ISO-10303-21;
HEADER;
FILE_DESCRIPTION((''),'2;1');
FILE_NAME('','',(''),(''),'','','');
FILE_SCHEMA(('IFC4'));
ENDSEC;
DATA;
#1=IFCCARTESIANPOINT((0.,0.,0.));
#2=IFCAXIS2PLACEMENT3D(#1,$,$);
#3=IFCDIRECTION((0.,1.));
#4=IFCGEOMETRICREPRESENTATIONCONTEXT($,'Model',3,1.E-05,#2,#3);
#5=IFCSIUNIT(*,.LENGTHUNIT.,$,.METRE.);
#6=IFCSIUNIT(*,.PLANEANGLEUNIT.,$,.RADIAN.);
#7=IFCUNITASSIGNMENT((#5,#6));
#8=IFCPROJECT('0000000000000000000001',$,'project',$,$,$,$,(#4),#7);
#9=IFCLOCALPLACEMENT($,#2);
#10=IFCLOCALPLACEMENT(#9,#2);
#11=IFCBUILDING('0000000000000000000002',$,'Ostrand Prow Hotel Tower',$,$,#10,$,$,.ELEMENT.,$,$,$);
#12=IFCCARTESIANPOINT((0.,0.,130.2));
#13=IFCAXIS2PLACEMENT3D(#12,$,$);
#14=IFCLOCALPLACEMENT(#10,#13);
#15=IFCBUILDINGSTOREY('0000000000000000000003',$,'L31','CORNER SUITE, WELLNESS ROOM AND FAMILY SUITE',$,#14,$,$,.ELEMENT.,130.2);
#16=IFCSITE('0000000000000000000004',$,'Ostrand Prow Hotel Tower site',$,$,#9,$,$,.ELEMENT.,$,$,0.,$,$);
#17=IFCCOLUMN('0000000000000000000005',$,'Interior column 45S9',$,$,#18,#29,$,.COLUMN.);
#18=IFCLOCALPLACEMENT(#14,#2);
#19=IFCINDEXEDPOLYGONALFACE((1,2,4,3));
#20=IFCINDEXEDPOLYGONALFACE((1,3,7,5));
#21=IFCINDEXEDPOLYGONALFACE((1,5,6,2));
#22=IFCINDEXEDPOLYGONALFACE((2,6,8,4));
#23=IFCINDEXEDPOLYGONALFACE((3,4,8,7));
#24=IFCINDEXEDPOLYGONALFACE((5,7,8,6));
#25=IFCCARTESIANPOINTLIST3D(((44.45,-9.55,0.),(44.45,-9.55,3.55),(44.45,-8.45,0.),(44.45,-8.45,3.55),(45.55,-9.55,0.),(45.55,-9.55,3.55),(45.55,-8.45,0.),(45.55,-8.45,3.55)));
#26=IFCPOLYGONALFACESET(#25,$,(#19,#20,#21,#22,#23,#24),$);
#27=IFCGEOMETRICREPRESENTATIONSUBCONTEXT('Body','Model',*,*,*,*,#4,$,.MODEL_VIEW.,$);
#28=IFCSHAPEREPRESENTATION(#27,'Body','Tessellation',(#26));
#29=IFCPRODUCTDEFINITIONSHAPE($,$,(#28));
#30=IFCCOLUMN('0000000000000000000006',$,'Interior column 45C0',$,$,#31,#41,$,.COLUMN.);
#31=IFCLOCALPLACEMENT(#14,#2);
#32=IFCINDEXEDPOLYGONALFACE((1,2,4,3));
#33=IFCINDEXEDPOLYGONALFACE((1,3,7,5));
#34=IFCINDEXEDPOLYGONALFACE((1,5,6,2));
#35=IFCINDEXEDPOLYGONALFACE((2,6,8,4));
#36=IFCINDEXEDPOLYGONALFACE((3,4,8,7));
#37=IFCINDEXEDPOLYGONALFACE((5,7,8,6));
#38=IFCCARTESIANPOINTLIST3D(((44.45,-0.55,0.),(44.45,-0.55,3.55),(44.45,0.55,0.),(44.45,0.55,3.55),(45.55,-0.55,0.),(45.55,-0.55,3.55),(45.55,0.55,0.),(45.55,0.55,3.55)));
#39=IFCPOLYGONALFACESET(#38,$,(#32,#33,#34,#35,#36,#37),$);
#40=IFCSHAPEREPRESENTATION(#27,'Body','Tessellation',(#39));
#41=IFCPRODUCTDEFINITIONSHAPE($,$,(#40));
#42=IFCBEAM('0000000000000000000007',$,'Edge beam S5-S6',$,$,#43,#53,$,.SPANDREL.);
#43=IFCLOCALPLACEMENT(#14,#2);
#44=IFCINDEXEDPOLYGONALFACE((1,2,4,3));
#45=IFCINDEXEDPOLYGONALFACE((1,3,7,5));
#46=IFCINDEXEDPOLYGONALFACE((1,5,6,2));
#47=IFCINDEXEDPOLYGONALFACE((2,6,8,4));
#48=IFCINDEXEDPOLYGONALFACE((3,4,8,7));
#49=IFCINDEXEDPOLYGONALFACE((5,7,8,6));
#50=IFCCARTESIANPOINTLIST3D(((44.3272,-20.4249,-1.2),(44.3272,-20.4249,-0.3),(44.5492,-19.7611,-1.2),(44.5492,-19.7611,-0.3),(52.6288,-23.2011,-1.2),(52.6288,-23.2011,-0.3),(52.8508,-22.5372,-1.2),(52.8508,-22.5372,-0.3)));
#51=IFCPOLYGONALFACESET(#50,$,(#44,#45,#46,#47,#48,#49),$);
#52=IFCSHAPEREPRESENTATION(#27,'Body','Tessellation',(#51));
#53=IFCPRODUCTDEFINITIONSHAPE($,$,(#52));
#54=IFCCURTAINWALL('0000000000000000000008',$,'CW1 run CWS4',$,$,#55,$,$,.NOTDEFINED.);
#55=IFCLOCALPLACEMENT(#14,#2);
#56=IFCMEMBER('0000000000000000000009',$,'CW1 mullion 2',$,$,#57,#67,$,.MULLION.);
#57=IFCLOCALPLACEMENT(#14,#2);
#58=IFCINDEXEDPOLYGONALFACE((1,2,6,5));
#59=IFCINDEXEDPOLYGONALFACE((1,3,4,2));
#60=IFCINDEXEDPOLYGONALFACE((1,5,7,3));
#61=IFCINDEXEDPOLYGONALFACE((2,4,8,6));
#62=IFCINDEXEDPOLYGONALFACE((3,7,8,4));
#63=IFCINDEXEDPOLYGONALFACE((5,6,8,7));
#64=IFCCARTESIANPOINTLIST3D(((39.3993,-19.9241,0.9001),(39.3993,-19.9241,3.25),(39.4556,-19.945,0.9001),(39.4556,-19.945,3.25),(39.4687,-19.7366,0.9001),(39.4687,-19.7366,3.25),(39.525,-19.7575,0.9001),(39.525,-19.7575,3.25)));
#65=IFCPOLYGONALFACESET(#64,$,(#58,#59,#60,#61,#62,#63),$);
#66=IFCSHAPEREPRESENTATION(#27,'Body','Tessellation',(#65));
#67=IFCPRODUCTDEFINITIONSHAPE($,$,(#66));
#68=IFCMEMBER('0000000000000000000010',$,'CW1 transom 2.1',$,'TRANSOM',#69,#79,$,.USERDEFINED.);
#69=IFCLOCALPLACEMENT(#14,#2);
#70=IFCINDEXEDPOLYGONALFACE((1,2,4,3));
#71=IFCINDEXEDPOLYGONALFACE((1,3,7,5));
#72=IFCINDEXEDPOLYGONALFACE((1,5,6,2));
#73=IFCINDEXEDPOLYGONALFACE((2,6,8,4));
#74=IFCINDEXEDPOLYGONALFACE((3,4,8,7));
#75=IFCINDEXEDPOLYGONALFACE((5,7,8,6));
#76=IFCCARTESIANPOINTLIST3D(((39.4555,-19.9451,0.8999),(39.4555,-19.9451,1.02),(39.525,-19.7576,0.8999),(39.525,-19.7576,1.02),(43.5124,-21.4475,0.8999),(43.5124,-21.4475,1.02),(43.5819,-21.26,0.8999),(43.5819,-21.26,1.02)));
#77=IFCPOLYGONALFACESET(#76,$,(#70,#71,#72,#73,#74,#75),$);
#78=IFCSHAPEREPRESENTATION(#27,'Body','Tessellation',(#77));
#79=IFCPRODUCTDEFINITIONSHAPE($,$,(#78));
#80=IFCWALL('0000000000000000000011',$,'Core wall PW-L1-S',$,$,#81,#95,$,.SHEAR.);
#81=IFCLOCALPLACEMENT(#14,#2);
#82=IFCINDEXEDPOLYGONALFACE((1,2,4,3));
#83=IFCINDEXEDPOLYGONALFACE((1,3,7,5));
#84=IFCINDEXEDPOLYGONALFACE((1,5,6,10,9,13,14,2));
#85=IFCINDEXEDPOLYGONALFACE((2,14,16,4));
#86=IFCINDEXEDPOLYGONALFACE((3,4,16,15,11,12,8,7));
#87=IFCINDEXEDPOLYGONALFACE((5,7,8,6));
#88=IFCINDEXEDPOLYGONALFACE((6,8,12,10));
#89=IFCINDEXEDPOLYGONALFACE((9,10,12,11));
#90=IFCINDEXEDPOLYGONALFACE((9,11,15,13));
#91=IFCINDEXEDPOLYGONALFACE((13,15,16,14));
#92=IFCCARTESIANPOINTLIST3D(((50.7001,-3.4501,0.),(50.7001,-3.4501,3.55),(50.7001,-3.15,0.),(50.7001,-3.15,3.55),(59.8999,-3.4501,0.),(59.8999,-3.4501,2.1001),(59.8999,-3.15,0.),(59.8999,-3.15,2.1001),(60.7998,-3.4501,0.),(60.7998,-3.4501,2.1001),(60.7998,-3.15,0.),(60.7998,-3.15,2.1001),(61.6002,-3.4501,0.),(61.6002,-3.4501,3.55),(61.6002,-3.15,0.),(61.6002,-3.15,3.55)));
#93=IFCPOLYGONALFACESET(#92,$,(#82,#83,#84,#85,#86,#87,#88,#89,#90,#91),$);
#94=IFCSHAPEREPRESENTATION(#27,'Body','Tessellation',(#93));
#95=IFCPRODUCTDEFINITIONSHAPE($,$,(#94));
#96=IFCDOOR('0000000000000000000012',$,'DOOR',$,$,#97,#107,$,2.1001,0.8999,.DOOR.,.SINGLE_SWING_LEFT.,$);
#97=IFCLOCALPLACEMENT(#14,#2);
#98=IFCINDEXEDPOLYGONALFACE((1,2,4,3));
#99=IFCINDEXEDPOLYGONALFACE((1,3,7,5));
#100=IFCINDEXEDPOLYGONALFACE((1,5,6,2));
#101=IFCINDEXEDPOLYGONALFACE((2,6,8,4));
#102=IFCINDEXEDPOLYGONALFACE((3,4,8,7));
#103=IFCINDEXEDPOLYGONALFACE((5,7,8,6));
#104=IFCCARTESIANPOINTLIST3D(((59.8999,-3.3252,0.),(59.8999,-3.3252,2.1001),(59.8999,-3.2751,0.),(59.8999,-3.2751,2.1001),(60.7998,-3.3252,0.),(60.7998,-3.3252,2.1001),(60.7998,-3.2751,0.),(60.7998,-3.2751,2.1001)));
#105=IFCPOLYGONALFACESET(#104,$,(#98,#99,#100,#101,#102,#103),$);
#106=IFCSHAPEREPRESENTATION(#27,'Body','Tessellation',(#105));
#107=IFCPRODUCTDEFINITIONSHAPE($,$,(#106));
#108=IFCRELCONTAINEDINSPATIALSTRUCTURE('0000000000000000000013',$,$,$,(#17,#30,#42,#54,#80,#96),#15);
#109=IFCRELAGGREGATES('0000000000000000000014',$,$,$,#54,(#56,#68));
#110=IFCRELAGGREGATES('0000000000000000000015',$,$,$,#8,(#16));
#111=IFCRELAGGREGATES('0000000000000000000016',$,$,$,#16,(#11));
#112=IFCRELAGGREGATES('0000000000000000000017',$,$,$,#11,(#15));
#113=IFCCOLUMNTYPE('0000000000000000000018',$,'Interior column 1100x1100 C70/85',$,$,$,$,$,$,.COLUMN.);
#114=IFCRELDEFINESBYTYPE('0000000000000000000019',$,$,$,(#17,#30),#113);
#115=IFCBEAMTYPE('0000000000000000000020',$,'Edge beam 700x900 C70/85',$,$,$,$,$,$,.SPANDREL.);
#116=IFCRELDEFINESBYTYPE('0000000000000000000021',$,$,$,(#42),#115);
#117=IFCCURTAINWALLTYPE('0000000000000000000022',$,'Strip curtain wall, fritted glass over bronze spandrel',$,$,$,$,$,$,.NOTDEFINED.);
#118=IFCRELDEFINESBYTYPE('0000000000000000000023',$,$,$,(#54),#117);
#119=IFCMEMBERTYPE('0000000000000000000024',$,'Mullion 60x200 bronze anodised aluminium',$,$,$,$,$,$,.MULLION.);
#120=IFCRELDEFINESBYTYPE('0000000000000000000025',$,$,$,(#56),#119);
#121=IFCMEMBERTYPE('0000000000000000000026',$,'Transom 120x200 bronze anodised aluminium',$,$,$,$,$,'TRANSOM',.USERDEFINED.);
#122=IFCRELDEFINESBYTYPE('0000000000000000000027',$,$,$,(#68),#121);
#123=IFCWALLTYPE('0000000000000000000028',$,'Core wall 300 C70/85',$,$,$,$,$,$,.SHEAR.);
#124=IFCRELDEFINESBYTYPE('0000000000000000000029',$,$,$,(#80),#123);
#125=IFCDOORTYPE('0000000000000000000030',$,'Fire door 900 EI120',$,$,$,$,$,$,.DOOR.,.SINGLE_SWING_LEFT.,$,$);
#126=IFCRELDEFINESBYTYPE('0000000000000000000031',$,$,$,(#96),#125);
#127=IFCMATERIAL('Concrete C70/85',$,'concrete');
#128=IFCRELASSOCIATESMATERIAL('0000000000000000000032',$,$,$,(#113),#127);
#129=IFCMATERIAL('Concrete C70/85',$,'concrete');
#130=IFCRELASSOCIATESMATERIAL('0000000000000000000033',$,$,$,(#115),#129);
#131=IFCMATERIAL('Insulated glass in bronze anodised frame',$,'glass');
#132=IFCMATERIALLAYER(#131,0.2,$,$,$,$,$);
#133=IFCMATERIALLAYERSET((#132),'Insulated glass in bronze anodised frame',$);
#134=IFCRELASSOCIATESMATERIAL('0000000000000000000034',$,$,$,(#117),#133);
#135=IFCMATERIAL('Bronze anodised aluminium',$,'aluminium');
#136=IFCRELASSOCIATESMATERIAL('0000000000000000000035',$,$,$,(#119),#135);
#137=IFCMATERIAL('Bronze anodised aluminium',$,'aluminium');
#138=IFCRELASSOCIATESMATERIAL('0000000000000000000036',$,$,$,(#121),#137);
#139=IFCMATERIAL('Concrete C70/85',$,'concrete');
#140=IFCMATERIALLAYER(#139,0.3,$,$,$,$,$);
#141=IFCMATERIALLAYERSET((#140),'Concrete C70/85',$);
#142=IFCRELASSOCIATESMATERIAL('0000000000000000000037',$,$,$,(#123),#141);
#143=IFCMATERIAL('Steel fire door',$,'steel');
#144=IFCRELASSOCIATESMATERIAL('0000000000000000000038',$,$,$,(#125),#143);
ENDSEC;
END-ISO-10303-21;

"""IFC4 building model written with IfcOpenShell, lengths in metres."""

from ifc_helpers import new_model, si_unit, direction, frame, frame_2d, origin, origin_2d, place, context, subcontext, project, spatial, rectangle, extrude, material, layer, layer_set, material_profile, profile_set, type_object, element, fill, aggregate, save


model = new_model("IFC4")

# Units and contexts
model_context = context("Model", 3, precision=1e-05, world=origin(), true_north=direction((0.0, 1.0)))
body_context = subcontext(model_context, "Body", "Model", "MODEL_VIEW")
ifc_project = project(units=[si_unit("LENGTHUNIT", "METRE"), si_unit("PLANEANGLEUNIT", "RADIAN")], contexts=[model_context])

# Site, building, storey
site_placement = place(None, origin())
site = spatial("IfcSite", under=ifc_project, at=site_placement, Name="Ostrand Prow Hotel Tower site", CompositionType="ELEMENT", RefElevation=0.0)
building_placement = place(site_placement, origin())
building = spatial("IfcBuilding", under=site, at=building_placement, Name="Ostrand Prow Hotel Tower", CompositionType="ELEMENT")
storey_placement = place(building_placement, frame((0.0, 0.0, 130.2)))
storey = spatial("IfcBuildingStorey", under=building, at=storey_placement, Name="L31", Description="CORNER SUITE, WELLNESS ROOM AND FAMILY SUITE", CompositionType="ELEMENT", Elevation=130.2)

# Columns
ifc_material_1 = material(Name="Concrete C70/85", Category="concrete")
ifc_material_profile_1 = material_profile(ifc_material_1, rectangle(XDim=1.1001, YDim=1.1001, at=origin_2d()), Name="RC 1100x1100")
ifc_profile_set_1 = profile_set([ifc_material_profile_1], Name="Concrete C70/85")
column_type = type_object("IfcColumnType", Name="Interior column 1100x1100 C70/85", PredefinedType="COLUMN", material=ifc_profile_set_1)
for number, where, z_axis, x_axis, name in (
    (1, (45.0, -9.0, 0.0), (0.0, 0.0, 1.0), (1.0, 0.0, 0.0), "Interior column 45S9"),
    (2, (45.0, 0.0, 0.0), (0.0, 0.0, 1.0), (1.0, 0.0, 0.0), "Interior column 45C0"),
):
    element("IfcColumn", number, at=place(storey_placement, frame(where, z_axis=z_axis, x_axis=x_axis)), inside=storey, type_object=column_type, Name=name, PredefinedType="COLUMN", context=body_context, shape_type="SweptSolid", body=[
        extrude(rectangle(XDim=1.1001, YDim=1.1001, at=origin_2d()), origin(), (0.0, 0.0, 1.0), 3.55),
    ])

# Beam
ifc_material_2 = material(Name="Concrete C70/85", Category="concrete")
ifc_material_profile_2 = material_profile(ifc_material_2, rectangle(XDim=0.7, YDim=0.8999, at=origin_2d()), Name="RC 700x900")
ifc_profile_set_2 = profile_set([ifc_material_profile_2], Name="Concrete C70/85")
beam_type = type_object("IfcBeamType", Name="Edge beam 700x900 C70/85", PredefinedType="SPANDREL", material=ifc_profile_set_2)
beam_placement = place(storey_placement, frame((44.4382, -20.093, -0.75), z_axis=(0.948376, -0.317148, 0.0), x_axis=(0.317148, 0.948376, 0.0)))
element("IfcBeam", 3, at=beam_placement, inside=storey, type_object=beam_type, Name="Edge beam S5-S6", PredefinedType="SPANDREL", context=body_context, shape_type="SweptSolid", body=[
    extrude(rectangle(XDim=0.7, YDim=0.8999, at=origin_2d()), origin(), (0.0, 0.0, 1.0), 8.7534),
])

# Curtain wall, members
ifc_material_3 = material(Name="Insulated glass in bronze anodised frame", Category="glass")
ifc_layer_1 = layer(ifc_material_3, 0.2)
ifc_layer_set_1 = layer_set([ifc_layer_1], Name="Insulated glass in bronze anodised frame")
curtain_wall_type = type_object("IfcCurtainWallType", Name="Strip curtain wall, fritted glass over bronze spandrel", PredefinedType="NOTDEFINED", material=ifc_layer_set_1)
curtain_wall_placement = place(storey_placement, origin())
curtain_wall = element("IfcCurtainWall", 4, at=curtain_wall_placement, inside=storey, type_object=curtain_wall_type, Name="CW1 run CWS4", PredefinedType="NOTDEFINED")
ifc_material_4 = material(Name="Bronze anodised aluminium", Category="aluminium")
ifc_material_profile_3 = material_profile(ifc_material_4, rectangle(XDim=0.2, YDim=0.0601, at=origin_2d()), Name="Mullion 60x200 bronze anodised aluminium")
ifc_profile_set_3 = profile_set([ifc_material_profile_3], Name="Bronze anodised aluminium")
member_type_1 = type_object("IfcMemberType", Name="Mullion 60x200 bronze anodised aluminium", PredefinedType="MULLION", material=ifc_profile_set_3)
member_1_placement = place(storey_placement, frame((39.4622, -19.8408, 0.9001), z_axis=(0.0, 0.0, 1.0), x_axis=(0.347342, 0.937739, 0.0)))
member_1 = element("IfcMember", 5, at=member_1_placement, type_object=member_type_1, Name="CW1 mullion 2", PredefinedType="MULLION", context=body_context, shape_type="SweptSolid", body=[
    extrude(rectangle(XDim=0.2, YDim=0.0601, at=origin_2d()), origin(), (0.0, 0.0, 1.0), 2.3499),
])
ifc_material_5 = material(Name="Bronze anodised aluminium", Category="aluminium")
ifc_material_profile_4 = material_profile(ifc_material_5, rectangle(XDim=0.2, YDim=0.1201, at=origin_2d()), Name="Transom 120x200 bronze anodised aluminium")
ifc_profile_set_4 = profile_set([ifc_material_profile_4], Name="Bronze anodised aluminium")
member_type_2 = type_object("IfcMemberType", Name="Transom 120x200 bronze anodised aluminium", ElementType="TRANSOM", PredefinedType="USERDEFINED", material=ifc_profile_set_4)
member_2_placement = place(storey_placement, frame((39.4902, -19.8513, 0.96), z_axis=(0.937757, -0.347292, 0.0), x_axis=(0.347292, 0.937757, 0.0)))
member_2 = element("IfcMember", 6, at=member_2_placement, type_object=member_type_2, Name="CW1 transom 2.1", ObjectType="TRANSOM", PredefinedType="USERDEFINED", context=body_context, shape_type="SweptSolid", body=[
    extrude(rectangle(XDim=0.2, YDim=0.1201, at=origin_2d()), origin(), (0.0, 0.0, 1.0), 4.3262),
])
aggregate(curtain_wall, [member_1, member_2])

# Wall, opening, door
ifc_material_6 = material(Name="Concrete C70/85", Category="concrete")
ifc_layer_2 = layer(ifc_material_6, 0.3)
ifc_layer_set_2 = layer_set([ifc_layer_2], Name="Concrete C70/85")
wall_type_1 = type_object("IfcWallType", Name="Core wall 300 C70/85", PredefinedType="SHEAR", material=ifc_layer_set_2)
wall_1_placement = place(storey_placement, frame((50.7, -3.3, 0.0), z_axis=(0.0, 0.0, 1.0), x_axis=(1.0, 0.0, 0.0)))
wall_1 = element("IfcWall", 7, at=wall_1_placement, inside=storey, type_object=wall_type_1, Name="Core wall PW-L1-S", PredefinedType="SHEAR", context=body_context, shape_type="SweptSolid", body=[
    extrude(rectangle(XDim=10.9001, YDim=0.3, at=frame_2d((5.4502, 0.0))), origin(), (0.0, 0.0, 1.0), 3.55),
])
opening_1_placement = place(wall_1_placement, frame((9.2, 0.0, 0.0)))
opening_1 = element("IfcOpeningElement", 8, at=opening_1_placement, cuts=wall_1, PredefinedType="OPENING", context=body_context, shape_type="SweptSolid", body=[
    extrude(rectangle(XDim=0.8999, YDim=2.1001, at=frame_2d((0.45, 1.05))), frame((0.0, 0.1599, 0.0), z_axis=(0.0, -1.0, 0.0), x_axis=(1.0, 0.0, 0.0)), (0.0, 0.0, 1.0), 0.3201),
])
ifc_material_7 = material(Name="Steel fire door", Category="steel")
door_type_1 = type_object("IfcDoorType", Name="Fire door 900 EI120", OperationType="SINGLE_SWING_LEFT", PredefinedType="DOOR", material=ifc_material_7)
door_1_placement = place(opening_1_placement, origin())
door_1 = element("IfcDoor", 9, at=door_1_placement, inside=storey, type_object=door_type_1, Name="DOOR", OperationType="SINGLE_SWING_LEFT", OverallHeight=2.1001, OverallWidth=0.8999, PredefinedType="DOOR", context=body_context, shape_type="SweptSolid", body=[
    extrude(rectangle(XDim=0.8999, YDim=2.1001, at=frame_2d((0.45, 1.05))), frame((0.0, 0.0249, 0.0), z_axis=(0.0, -1.0, 0.0), x_axis=(1.0, 0.0, 0.0)), (0.0, 0.0, 1.0), 0.05),
])
fill(opening_1, door_1)

save(model, "model.ifc")
